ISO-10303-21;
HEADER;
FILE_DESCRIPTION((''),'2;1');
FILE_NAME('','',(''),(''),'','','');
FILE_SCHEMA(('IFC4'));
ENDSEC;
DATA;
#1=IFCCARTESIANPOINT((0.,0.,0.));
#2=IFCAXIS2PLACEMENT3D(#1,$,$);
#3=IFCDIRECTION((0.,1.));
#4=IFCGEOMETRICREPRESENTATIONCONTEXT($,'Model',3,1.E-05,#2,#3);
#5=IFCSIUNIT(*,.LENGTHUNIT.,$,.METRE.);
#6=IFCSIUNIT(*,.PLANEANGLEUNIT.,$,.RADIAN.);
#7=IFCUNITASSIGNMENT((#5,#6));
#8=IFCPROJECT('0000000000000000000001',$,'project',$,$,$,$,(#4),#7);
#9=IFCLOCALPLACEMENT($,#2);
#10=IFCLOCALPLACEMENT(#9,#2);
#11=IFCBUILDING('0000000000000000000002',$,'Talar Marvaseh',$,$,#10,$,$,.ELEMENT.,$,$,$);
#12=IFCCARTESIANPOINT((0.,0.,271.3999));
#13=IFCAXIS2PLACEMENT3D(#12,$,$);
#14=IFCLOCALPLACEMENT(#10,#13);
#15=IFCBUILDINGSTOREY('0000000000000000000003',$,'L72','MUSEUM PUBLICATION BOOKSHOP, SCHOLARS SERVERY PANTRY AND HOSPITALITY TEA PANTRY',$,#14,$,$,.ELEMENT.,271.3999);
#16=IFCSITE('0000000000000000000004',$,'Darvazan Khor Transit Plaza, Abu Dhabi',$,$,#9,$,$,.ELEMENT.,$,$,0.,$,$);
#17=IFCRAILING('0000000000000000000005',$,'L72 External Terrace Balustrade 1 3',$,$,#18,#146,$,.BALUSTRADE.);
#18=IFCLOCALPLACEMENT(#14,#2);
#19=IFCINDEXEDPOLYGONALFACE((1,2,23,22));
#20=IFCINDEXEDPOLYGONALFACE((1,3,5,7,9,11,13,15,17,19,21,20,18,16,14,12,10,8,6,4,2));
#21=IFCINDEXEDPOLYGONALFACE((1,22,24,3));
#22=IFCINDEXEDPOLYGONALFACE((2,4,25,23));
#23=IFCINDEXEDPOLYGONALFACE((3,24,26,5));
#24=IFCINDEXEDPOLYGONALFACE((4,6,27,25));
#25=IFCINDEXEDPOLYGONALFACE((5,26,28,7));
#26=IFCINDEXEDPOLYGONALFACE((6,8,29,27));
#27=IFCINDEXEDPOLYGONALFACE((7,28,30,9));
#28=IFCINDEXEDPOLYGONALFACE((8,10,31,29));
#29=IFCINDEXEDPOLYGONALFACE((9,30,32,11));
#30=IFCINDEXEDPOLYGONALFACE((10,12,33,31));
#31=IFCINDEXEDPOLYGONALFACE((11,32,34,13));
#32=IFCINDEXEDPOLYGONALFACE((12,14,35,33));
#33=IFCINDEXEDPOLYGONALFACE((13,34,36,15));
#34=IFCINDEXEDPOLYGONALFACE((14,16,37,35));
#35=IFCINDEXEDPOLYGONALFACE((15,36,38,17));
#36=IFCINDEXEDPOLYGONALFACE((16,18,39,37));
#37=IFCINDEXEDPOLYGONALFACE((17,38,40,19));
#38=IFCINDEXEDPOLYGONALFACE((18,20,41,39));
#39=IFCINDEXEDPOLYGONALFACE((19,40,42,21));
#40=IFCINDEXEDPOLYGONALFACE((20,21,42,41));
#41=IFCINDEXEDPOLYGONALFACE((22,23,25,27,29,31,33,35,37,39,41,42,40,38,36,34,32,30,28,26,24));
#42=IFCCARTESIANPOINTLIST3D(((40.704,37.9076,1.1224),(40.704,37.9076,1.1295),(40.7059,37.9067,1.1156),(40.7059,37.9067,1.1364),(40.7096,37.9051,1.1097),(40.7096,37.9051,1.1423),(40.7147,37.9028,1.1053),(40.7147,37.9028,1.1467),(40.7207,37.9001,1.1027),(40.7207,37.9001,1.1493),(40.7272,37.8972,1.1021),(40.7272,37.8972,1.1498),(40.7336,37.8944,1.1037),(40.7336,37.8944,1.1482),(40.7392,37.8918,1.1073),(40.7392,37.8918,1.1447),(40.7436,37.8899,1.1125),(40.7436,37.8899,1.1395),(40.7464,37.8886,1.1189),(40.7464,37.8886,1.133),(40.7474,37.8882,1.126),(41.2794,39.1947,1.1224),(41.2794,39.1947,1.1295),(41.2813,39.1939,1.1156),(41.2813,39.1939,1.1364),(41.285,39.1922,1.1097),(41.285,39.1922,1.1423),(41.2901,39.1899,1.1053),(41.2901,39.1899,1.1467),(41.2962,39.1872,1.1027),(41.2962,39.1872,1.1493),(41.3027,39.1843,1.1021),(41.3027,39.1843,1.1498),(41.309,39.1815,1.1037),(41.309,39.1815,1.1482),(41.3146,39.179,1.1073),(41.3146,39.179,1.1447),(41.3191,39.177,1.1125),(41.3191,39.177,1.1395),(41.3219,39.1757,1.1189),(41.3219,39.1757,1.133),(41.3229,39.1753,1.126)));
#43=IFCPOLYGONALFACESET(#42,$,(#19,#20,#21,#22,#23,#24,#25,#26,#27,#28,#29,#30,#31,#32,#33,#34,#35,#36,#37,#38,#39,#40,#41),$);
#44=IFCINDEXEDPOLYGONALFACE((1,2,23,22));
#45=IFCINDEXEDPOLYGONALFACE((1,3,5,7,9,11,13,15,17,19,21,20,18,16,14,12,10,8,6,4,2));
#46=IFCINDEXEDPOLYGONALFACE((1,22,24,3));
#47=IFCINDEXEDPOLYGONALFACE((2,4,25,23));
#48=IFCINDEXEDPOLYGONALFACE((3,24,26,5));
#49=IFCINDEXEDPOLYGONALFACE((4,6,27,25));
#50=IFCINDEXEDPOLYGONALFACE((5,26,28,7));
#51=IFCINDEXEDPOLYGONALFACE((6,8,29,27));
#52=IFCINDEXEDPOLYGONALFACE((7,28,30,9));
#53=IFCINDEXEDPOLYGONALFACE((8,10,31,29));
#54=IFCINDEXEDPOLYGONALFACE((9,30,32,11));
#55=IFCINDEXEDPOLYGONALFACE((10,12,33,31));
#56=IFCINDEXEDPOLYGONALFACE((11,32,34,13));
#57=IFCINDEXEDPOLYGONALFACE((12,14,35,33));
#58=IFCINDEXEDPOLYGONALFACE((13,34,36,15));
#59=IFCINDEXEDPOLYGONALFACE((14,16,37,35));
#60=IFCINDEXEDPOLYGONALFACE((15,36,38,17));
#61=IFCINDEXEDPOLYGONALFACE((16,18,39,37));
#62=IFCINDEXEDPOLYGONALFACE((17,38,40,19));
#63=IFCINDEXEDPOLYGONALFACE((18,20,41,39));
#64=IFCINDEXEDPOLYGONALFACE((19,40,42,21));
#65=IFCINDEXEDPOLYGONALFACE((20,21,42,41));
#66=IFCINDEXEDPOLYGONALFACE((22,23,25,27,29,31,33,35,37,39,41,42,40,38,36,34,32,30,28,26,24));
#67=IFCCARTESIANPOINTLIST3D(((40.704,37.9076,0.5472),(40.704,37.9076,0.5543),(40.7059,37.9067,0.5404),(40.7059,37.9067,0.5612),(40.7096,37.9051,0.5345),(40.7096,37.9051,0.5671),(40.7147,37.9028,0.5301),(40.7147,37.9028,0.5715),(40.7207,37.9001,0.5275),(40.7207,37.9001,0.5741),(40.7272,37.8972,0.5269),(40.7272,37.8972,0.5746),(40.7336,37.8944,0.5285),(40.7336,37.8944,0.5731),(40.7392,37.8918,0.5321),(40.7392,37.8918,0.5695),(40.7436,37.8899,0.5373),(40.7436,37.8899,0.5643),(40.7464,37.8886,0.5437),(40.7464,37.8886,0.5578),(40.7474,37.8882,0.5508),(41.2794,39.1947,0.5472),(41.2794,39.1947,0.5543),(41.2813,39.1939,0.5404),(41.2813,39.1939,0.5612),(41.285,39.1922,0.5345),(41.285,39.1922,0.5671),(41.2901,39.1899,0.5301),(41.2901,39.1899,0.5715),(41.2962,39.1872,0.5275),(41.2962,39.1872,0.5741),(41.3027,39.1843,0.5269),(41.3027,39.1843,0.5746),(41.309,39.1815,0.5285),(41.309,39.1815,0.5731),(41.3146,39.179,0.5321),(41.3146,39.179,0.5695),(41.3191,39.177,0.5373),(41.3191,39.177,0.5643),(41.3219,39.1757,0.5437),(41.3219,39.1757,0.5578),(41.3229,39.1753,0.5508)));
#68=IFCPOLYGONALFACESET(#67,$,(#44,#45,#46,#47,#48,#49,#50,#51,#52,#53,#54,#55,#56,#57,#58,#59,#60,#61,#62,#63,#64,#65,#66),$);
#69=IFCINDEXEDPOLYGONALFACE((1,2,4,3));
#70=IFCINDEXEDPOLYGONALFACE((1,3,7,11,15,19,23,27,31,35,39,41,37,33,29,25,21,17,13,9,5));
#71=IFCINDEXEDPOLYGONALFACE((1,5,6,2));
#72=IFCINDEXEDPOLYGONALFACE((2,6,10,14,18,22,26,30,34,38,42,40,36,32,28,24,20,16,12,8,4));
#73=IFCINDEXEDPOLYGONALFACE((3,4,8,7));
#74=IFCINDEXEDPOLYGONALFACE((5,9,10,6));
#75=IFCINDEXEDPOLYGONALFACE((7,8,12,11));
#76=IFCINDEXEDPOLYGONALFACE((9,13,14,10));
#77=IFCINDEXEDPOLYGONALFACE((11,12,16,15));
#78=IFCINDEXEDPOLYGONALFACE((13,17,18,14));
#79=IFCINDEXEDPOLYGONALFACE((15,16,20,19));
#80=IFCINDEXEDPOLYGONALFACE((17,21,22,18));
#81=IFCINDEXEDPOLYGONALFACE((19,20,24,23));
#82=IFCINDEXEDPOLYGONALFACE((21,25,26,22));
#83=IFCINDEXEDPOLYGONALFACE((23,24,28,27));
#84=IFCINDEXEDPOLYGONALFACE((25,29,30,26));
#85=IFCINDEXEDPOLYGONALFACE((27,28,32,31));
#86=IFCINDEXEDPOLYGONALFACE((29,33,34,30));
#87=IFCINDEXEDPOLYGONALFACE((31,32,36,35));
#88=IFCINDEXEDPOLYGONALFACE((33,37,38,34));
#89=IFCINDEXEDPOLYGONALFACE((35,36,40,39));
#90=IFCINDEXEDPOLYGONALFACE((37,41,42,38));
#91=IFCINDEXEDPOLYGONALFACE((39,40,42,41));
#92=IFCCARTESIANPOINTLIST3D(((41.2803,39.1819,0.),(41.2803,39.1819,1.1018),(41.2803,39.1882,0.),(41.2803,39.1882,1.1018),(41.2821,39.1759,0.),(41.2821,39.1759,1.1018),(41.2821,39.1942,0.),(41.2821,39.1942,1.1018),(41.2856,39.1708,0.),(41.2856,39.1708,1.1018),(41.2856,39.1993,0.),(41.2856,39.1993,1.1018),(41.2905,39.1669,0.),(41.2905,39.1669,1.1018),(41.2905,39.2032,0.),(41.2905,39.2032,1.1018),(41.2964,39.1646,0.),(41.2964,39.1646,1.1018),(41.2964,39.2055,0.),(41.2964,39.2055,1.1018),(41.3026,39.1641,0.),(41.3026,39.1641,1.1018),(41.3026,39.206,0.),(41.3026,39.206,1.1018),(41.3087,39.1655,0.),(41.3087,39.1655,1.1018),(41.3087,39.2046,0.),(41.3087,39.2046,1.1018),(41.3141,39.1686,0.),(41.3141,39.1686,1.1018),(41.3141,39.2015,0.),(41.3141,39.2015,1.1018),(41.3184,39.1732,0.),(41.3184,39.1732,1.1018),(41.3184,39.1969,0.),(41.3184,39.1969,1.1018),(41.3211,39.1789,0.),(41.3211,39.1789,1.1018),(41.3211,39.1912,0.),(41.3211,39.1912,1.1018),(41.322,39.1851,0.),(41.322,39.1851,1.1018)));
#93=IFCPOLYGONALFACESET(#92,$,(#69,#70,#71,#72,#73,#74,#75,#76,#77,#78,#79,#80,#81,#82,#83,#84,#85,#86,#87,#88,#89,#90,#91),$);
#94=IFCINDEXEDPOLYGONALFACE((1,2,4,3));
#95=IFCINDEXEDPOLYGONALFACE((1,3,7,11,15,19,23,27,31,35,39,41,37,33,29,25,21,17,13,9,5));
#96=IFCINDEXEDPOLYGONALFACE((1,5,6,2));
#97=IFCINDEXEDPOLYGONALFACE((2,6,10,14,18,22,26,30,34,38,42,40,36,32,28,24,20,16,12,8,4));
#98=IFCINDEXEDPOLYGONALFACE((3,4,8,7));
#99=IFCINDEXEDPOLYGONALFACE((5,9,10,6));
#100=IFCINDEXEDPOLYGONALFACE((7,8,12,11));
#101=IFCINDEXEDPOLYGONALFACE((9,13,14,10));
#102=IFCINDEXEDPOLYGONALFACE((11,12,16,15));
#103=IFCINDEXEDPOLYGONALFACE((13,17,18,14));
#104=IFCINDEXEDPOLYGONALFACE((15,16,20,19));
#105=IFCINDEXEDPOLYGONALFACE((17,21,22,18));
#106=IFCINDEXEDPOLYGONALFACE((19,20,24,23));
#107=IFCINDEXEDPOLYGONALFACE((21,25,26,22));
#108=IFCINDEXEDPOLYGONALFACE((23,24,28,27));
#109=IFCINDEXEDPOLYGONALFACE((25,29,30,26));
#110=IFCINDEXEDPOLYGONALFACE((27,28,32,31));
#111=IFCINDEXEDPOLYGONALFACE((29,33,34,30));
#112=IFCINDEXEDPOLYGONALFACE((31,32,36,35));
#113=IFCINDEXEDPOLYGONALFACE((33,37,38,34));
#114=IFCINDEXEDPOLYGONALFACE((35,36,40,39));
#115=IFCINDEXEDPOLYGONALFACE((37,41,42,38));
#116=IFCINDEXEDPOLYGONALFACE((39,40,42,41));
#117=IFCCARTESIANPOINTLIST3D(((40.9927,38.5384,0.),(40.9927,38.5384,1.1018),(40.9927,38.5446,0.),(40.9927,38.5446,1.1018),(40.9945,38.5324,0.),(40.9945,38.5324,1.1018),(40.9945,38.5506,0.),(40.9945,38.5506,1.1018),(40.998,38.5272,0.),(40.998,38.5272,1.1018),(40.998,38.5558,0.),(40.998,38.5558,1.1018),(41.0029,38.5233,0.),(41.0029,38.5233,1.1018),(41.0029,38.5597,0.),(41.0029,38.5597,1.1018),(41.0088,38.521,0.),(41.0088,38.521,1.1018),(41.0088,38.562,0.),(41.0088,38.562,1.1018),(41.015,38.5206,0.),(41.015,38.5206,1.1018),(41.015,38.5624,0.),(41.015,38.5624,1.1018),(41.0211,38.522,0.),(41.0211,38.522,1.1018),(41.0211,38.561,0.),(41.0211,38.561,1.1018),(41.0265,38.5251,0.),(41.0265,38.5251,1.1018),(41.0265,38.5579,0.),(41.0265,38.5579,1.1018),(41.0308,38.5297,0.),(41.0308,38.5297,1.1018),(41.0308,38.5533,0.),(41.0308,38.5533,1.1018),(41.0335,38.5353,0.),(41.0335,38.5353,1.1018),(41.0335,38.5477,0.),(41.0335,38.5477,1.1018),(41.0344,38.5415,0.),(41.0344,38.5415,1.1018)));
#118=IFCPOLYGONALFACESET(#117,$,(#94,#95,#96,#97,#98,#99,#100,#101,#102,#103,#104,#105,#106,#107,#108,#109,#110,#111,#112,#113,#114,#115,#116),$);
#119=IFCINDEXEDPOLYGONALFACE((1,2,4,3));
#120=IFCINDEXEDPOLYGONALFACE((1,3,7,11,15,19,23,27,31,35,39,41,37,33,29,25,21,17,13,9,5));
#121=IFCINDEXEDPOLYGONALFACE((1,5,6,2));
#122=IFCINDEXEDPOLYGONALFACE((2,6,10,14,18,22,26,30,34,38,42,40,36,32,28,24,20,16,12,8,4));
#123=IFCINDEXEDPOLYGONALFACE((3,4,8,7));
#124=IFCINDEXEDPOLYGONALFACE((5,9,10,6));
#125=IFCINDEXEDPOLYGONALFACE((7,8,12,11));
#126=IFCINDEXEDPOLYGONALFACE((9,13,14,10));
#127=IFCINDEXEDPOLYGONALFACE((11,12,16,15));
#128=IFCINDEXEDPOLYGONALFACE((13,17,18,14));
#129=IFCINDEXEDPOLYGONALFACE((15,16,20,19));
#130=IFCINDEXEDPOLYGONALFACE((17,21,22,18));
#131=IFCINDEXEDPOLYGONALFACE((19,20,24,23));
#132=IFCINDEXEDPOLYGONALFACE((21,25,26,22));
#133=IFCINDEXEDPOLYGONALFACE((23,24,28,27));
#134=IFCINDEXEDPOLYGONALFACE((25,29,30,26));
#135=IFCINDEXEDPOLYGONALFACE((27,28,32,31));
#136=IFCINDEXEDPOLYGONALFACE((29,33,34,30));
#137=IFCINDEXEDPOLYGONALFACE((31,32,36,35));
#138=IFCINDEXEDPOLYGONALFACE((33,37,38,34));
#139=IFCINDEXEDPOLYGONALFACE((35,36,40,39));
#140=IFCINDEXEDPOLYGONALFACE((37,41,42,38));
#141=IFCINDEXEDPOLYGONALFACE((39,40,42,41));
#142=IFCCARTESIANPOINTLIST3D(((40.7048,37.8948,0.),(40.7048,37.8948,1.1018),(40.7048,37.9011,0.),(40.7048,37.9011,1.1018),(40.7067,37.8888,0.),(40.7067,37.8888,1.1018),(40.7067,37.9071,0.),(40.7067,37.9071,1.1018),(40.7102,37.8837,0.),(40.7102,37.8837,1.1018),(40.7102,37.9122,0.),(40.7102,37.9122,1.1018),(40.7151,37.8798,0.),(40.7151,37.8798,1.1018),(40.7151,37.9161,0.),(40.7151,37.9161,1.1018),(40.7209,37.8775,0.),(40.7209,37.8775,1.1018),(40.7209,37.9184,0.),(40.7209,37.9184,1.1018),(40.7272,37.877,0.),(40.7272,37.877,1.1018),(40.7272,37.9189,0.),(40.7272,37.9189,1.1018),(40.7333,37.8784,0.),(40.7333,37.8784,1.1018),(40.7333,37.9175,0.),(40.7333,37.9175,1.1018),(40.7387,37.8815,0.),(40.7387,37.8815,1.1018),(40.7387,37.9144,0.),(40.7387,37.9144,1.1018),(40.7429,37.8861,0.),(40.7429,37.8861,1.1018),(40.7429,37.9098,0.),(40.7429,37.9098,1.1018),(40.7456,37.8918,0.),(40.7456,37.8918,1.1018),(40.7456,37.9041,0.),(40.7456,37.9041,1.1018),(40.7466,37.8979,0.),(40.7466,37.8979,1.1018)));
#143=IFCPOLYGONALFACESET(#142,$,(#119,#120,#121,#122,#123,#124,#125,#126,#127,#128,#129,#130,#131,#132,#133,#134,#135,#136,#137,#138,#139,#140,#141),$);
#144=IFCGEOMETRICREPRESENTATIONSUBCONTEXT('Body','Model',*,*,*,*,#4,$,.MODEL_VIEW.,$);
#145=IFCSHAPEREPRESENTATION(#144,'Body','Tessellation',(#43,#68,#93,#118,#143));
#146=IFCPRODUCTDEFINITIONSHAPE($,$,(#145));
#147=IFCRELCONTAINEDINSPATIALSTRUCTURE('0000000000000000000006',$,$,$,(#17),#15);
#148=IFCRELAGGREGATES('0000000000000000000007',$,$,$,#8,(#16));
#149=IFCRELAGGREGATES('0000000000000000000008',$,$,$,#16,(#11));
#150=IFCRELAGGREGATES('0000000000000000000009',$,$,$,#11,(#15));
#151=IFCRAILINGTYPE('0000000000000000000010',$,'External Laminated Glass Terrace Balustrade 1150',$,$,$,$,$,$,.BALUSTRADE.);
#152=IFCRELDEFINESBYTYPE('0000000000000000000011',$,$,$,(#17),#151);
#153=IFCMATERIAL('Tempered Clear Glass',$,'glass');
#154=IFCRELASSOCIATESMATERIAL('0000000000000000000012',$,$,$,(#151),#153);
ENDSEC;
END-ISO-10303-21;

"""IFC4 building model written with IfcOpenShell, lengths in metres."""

from ifc_helpers import new_model, si_unit, direction, frame, origin, origin_2d, place, context, subcontext, project, spatial, circle, extrude, material, type_object, element, save


model = new_model("IFC4")

# Units and contexts
model_context = context("Model", 3, precision=1e-05, world=origin(), true_north=direction((0.0, 1.0)))
body_context = subcontext(model_context, "Body", "Model", "MODEL_VIEW")
ifc_project = project(units=[si_unit("LENGTHUNIT", "METRE"), si_unit("PLANEANGLEUNIT", "RADIAN")], contexts=[model_context])

# Site, building, storey
site_placement = place(None, origin())
site = spatial("IfcSite", under=ifc_project, at=site_placement, Name="Darvazan Khor Transit Plaza, Abu Dhabi", CompositionType="ELEMENT", RefElevation=0.0)
building_placement = place(site_placement, origin())
building = spatial("IfcBuilding", under=site, at=building_placement, Name="Talar Marvaseh", CompositionType="ELEMENT")
storey_placement = place(building_placement, frame((0.0, 0.0, 271.3999)))
storey = spatial("IfcBuildingStorey", under=building, at=storey_placement, Name="L72", Description="MUSEUM PUBLICATION BOOKSHOP, SCHOLARS SERVERY PANTRY AND HOSPITALITY TEA PANTRY", CompositionType="ELEMENT", Elevation=271.3999)

# Railing
ifc_material_1 = material(Name="Tempered Clear Glass", Category="glass")
railing_type = type_object("IfcRailingType", Name="External Laminated Glass Terrace Balustrade 1150", PredefinedType="BALUSTRADE", material=ifc_material_1)
railing_placement = place(storey_placement, frame((41.301, 39.1851, 0.0)))
element("IfcRailing", 1, at=railing_placement, inside=storey, type_object=railing_type, Name="L72 External Terrace Balustrade 1 3", PredefinedType="BALUSTRADE", context=body_context, shape_type="SweptSolid", body=[
    extrude(circle(Radius=0.0239, at=origin_2d()), frame((0.0, 0.0, 1.126), z_axis=(-0.408146, -0.912917, 0.0), x_axis=(0.912917, -0.408146, 0.0)), (0.0, 0.0, 1.0), 1.4099),
    extrude(circle(Radius=0.0239, at=origin_2d()), frame((0.0, 0.0, 0.5508), z_axis=(-0.408146, -0.912917, 0.0), x_axis=(0.912917, -0.408146, 0.0)), (0.0, 0.0, 1.0), 1.4099),
    extrude(circle(Radius=0.021, at=origin_2d()), origin(), (0.0, 0.0, 1.0), 1.1018),
    extrude(circle(Radius=0.021, at=origin_2d()), frame((-0.2876, -0.6436, 0.0)), (0.0, 0.0, 1.0), 1.1018),
    extrude(circle(Radius=0.021, at=origin_2d()), frame((-0.5754, -1.2871, 0.0)), (0.0, 0.0, 1.0), 1.1018),
])

save(model, "model.ifc")
